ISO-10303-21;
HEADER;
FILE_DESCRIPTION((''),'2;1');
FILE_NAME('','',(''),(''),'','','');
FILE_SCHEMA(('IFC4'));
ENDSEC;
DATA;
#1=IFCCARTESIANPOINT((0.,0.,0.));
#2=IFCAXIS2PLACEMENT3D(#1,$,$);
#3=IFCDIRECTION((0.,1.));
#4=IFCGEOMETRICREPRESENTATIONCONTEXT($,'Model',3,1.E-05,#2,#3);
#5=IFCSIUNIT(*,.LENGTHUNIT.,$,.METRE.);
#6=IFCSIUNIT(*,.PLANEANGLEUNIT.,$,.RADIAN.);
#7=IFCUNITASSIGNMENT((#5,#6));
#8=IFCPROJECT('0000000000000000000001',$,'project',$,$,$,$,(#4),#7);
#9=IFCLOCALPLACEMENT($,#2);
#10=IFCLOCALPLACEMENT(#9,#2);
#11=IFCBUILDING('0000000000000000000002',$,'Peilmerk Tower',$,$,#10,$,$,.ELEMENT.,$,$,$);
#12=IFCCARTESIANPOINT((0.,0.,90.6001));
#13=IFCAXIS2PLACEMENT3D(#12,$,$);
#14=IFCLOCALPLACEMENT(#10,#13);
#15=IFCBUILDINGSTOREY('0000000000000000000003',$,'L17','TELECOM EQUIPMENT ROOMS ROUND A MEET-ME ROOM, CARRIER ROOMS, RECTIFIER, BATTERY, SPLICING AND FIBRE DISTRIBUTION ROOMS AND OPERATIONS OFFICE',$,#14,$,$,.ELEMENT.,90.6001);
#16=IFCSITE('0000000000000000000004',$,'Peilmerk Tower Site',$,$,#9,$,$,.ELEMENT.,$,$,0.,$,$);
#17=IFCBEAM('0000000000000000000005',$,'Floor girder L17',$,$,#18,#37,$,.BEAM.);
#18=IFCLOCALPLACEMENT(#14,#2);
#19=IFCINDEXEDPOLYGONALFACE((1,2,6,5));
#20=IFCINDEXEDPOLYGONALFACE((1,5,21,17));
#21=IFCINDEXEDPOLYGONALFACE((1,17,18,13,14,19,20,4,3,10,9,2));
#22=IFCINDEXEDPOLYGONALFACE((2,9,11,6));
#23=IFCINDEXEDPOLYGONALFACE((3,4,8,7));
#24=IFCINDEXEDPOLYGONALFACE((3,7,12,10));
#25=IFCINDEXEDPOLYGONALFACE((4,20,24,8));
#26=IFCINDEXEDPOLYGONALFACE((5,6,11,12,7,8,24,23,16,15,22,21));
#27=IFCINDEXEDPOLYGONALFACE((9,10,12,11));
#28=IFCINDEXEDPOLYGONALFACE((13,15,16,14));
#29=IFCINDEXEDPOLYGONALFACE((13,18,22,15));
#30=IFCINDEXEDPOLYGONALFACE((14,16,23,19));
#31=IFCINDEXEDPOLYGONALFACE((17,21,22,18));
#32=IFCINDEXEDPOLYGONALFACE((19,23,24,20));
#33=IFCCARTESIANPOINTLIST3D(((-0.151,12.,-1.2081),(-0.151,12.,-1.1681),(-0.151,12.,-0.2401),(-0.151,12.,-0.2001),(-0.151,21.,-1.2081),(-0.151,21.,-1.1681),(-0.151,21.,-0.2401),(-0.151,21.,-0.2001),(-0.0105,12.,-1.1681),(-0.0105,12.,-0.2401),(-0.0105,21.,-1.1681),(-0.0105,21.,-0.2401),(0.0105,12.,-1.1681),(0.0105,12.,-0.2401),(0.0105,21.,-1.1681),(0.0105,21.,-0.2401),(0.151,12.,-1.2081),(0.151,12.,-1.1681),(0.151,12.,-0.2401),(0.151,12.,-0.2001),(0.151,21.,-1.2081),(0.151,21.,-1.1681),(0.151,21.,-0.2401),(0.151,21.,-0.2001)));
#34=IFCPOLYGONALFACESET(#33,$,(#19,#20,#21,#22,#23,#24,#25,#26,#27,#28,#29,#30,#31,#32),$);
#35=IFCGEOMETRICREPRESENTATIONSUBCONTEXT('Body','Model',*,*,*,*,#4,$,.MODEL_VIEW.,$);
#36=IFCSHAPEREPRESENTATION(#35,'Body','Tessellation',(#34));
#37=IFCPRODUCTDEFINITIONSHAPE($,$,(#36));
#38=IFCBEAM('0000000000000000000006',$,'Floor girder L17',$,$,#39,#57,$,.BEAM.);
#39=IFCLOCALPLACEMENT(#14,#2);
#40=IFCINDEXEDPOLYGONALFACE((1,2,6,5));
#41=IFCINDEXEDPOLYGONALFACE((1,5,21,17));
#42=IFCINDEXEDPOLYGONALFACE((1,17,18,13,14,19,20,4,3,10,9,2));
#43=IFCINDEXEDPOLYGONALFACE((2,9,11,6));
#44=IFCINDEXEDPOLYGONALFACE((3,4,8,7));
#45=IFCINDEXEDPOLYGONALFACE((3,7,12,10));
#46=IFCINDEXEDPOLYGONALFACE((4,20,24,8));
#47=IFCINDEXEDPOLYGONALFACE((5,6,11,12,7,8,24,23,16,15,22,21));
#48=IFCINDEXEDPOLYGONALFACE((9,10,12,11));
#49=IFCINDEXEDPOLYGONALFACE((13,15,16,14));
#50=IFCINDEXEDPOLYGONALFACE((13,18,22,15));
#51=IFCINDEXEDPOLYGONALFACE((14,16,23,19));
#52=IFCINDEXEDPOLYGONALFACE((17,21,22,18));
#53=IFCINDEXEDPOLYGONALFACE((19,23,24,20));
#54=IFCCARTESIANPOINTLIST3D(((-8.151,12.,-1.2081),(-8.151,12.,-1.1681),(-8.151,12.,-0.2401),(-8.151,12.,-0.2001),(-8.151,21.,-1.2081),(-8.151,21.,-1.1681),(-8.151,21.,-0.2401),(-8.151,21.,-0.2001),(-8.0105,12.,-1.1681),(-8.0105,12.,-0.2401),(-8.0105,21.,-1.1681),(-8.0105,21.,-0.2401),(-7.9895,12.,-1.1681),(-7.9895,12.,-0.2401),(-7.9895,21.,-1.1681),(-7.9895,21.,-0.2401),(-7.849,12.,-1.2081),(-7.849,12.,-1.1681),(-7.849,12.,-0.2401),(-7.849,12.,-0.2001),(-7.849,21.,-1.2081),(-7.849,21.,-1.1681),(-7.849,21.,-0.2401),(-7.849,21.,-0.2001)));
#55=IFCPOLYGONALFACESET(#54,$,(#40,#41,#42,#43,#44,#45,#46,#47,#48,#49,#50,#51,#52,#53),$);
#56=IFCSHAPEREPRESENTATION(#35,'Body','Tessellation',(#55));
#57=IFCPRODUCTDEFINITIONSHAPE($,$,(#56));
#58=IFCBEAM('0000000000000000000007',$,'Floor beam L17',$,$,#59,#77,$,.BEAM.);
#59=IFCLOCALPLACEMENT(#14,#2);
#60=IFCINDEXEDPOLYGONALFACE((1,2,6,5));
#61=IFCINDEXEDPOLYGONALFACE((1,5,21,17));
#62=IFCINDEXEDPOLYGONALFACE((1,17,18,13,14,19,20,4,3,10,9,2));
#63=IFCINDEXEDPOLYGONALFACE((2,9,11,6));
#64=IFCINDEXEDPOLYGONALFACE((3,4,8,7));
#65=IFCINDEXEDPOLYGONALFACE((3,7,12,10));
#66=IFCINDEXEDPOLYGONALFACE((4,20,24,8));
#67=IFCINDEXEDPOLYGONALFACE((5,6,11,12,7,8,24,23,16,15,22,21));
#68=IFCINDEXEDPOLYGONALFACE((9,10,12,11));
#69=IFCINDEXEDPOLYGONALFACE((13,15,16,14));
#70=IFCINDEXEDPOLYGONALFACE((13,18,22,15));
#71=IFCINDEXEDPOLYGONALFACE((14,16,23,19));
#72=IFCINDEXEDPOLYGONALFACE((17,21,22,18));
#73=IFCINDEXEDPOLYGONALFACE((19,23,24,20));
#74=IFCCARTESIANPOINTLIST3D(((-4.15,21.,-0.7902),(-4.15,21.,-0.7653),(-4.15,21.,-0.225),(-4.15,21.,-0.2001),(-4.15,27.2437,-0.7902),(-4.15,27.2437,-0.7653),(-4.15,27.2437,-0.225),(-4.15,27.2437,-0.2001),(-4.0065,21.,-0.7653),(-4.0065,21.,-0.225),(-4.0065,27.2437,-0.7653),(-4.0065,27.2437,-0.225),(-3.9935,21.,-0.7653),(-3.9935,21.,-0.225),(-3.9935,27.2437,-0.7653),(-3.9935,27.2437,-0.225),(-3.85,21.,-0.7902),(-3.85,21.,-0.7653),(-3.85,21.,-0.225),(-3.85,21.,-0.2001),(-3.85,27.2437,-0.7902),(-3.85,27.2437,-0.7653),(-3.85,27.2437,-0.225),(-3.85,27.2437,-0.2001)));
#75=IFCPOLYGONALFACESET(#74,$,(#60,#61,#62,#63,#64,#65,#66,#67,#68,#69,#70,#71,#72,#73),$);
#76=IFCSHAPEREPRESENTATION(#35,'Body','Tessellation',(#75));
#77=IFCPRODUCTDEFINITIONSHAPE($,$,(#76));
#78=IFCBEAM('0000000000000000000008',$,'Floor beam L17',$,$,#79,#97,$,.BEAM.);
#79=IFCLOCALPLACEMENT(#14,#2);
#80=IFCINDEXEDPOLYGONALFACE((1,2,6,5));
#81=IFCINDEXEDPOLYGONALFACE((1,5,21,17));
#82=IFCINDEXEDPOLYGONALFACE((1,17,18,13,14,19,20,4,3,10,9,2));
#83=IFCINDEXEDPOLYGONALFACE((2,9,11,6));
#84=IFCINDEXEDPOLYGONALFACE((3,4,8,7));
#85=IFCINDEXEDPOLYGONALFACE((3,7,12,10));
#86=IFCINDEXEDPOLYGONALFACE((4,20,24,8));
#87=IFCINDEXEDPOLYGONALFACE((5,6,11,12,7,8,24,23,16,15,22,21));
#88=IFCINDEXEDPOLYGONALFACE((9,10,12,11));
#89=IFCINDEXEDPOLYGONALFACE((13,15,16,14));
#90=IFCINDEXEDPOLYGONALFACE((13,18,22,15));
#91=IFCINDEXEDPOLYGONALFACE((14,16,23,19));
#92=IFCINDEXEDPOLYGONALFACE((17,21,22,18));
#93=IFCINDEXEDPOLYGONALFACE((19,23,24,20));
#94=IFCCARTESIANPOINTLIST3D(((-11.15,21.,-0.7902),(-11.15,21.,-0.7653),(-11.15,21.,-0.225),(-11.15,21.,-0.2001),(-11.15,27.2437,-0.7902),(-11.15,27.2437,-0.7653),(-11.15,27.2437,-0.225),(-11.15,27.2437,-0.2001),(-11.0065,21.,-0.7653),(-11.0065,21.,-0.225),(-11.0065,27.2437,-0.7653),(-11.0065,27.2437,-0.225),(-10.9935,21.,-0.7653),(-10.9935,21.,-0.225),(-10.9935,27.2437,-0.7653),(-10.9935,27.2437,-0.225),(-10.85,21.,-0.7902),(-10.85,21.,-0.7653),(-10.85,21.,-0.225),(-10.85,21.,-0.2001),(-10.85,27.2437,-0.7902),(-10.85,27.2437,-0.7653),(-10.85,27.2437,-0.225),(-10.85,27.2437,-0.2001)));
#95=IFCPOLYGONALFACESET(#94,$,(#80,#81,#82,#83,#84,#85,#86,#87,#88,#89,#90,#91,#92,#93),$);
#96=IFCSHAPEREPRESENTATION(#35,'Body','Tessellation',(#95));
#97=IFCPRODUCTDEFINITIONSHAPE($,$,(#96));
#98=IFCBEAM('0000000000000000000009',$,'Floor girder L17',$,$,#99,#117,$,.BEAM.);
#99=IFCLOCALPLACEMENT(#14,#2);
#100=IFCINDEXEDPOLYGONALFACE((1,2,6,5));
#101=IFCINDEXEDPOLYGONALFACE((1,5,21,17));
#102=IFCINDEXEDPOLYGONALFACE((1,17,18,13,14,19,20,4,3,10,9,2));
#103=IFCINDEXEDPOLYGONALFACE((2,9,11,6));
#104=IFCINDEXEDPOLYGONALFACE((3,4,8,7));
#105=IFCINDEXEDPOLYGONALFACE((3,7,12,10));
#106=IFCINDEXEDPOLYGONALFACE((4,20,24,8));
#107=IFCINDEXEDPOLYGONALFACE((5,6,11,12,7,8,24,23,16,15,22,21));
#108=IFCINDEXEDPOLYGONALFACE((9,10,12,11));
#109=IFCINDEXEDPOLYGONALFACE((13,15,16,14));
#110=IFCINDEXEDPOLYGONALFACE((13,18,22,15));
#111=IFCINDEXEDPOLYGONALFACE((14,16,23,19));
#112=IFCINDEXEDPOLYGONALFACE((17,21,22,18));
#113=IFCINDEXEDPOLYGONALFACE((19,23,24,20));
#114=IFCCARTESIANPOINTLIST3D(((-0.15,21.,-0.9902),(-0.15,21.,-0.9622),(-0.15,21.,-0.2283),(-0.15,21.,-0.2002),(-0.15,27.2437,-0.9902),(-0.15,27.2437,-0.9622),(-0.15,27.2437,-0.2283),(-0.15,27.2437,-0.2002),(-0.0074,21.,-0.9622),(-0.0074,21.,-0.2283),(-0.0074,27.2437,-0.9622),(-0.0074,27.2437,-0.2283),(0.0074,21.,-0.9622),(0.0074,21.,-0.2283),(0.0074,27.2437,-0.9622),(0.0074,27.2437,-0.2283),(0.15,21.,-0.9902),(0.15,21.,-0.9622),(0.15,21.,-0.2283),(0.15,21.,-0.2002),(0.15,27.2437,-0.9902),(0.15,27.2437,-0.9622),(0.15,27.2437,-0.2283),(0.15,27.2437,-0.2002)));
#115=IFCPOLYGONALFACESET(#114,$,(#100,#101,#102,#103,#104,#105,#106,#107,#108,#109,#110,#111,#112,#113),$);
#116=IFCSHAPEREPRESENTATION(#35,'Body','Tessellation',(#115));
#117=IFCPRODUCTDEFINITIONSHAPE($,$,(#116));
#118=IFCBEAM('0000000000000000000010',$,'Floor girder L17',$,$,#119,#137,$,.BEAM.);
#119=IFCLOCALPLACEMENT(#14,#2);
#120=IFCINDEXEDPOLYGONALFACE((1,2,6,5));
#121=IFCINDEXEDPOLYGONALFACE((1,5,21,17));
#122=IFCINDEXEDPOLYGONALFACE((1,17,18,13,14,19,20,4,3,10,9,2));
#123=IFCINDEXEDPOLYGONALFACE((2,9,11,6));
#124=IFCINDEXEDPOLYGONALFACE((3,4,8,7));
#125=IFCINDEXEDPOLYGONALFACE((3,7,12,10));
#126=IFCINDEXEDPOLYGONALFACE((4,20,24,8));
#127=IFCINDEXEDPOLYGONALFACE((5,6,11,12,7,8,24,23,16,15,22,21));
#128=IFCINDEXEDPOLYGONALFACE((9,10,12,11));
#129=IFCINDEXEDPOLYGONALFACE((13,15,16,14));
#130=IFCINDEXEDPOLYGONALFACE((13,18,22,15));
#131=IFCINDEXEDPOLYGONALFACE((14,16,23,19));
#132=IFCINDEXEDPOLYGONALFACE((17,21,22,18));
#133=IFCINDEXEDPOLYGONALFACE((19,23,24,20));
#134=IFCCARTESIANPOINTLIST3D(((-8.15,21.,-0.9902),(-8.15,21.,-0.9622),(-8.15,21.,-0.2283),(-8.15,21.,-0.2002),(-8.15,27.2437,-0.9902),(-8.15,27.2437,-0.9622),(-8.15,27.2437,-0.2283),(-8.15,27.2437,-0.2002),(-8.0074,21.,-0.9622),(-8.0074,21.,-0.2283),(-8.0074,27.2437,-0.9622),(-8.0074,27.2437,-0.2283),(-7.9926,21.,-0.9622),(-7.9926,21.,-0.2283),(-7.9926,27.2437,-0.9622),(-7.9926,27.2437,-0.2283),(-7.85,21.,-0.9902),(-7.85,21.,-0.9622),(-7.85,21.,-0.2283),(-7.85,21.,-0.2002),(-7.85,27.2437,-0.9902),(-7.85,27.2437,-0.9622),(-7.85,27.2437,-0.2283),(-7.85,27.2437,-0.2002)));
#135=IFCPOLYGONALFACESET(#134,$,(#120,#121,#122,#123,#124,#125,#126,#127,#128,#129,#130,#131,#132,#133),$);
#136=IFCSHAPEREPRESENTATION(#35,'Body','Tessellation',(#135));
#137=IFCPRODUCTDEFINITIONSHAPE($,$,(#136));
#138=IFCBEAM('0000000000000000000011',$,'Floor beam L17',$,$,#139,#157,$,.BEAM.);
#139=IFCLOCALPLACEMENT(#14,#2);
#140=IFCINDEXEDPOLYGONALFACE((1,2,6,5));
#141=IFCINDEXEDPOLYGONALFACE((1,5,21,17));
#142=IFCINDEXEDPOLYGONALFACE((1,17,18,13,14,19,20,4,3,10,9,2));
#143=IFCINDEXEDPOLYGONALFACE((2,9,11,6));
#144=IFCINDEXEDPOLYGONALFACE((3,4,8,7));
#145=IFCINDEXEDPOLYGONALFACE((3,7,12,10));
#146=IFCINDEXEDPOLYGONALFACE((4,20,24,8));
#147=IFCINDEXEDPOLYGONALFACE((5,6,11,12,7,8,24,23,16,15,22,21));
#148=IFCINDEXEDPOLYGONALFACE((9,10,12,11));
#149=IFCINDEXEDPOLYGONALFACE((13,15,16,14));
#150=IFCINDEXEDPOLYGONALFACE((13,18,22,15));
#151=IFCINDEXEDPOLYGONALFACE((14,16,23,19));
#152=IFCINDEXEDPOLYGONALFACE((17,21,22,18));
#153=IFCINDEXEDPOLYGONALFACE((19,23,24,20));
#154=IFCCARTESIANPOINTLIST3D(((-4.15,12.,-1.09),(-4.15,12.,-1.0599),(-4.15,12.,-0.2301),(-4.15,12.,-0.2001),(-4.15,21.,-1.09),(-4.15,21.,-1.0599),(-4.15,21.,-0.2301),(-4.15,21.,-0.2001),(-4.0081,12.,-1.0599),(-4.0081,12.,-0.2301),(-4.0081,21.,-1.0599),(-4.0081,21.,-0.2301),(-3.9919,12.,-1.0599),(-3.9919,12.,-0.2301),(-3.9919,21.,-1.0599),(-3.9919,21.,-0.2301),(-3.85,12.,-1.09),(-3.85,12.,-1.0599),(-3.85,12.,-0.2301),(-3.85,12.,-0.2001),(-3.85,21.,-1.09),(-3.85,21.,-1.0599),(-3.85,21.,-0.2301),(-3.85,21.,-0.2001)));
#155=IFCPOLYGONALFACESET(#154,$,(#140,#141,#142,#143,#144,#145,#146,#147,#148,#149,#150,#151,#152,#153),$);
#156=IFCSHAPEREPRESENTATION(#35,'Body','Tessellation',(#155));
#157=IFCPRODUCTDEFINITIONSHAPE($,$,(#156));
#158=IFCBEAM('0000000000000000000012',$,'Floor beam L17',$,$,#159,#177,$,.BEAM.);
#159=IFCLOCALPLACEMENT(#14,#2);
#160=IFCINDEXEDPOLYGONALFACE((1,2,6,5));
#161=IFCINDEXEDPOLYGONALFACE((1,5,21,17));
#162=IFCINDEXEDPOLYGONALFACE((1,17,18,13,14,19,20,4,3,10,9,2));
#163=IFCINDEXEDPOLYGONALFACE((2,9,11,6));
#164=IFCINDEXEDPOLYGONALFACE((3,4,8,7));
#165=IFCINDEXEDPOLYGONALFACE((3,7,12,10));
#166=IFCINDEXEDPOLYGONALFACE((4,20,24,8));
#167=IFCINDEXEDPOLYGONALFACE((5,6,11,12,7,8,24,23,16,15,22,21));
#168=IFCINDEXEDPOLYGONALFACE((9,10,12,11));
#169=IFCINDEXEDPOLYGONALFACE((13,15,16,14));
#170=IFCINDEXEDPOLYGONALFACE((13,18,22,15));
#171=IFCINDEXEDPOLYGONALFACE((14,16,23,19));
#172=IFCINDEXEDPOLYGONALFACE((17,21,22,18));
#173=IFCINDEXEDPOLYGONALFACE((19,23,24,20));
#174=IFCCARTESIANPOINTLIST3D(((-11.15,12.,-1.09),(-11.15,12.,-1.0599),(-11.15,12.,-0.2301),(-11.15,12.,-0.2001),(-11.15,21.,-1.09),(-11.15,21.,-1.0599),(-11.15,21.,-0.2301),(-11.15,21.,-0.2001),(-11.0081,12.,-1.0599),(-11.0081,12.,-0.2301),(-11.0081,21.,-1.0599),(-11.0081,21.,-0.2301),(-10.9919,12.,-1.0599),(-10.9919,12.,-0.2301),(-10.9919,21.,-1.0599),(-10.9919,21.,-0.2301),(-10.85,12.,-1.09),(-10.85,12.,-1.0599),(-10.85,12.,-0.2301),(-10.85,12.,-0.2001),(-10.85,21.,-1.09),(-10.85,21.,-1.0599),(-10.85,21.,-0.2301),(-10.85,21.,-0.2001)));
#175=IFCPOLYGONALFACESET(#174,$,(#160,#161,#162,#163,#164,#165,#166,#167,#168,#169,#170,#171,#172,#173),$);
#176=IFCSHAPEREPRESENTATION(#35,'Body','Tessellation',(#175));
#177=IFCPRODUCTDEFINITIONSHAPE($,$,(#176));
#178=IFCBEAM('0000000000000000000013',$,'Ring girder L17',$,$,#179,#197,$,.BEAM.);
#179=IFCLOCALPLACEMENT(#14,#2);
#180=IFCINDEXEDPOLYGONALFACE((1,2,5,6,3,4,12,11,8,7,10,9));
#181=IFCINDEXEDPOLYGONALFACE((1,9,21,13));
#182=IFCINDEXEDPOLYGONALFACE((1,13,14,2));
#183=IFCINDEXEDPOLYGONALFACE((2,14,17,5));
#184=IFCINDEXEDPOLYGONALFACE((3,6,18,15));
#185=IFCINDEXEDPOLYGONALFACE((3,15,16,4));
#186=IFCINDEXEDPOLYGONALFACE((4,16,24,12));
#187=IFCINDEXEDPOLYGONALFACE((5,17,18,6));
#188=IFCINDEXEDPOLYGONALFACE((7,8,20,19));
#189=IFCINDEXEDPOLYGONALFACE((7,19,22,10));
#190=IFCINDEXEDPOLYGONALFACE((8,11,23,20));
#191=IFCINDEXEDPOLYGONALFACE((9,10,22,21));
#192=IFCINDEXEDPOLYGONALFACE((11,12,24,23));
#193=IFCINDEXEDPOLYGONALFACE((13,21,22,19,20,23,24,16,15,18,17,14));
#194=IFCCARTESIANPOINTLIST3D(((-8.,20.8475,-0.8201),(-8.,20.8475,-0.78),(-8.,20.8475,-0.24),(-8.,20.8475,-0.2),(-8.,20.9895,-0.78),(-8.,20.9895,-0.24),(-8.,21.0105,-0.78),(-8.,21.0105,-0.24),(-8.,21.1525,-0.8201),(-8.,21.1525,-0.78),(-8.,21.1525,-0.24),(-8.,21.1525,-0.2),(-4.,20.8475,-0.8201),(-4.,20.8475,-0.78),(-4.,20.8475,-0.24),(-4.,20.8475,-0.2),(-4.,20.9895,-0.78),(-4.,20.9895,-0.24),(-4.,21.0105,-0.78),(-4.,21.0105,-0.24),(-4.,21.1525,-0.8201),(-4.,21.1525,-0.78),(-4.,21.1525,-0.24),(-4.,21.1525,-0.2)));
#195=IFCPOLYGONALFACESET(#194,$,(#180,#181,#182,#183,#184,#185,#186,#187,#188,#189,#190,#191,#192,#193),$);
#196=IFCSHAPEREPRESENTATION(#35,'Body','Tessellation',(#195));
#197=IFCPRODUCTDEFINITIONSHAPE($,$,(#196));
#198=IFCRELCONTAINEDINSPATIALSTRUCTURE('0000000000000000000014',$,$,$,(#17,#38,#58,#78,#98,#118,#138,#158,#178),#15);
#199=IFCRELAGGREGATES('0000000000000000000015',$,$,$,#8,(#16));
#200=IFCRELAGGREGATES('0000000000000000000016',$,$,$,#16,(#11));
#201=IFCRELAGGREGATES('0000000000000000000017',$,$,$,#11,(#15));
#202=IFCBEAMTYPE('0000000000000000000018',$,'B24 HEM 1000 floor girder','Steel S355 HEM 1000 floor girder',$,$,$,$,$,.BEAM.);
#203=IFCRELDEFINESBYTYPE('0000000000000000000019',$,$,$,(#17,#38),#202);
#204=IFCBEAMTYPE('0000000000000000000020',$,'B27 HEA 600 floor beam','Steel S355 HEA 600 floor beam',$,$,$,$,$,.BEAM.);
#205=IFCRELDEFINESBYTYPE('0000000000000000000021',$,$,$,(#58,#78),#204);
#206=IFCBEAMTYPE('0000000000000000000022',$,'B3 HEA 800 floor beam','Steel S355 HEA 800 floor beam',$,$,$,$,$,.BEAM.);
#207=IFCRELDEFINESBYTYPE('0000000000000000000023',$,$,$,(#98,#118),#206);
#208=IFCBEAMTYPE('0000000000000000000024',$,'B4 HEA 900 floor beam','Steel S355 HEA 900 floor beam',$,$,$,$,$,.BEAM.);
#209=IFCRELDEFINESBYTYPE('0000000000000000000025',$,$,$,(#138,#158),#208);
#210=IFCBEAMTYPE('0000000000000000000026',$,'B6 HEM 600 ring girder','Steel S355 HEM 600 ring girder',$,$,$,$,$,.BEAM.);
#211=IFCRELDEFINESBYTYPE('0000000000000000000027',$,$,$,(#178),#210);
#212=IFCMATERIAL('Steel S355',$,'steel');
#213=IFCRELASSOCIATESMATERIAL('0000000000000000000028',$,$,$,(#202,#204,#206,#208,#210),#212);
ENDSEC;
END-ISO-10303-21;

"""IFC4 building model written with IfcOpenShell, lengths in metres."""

from ifc_helpers import new_model, si_unit, direction, frame, origin, origin_2d, place, context, subcontext, project, spatial, i_section, extrude, material, material_profile, profile_set, type_object, element, save


model = new_model("IFC4")

# Units and contexts
model_context = context("Model", 3, precision=1e-05, world=origin(), true_north=direction((0.0, 1.0)))
body_context = subcontext(model_context, "Body", "Model", "MODEL_VIEW")
ifc_project = project(units=[si_unit("LENGTHUNIT", "METRE"), si_unit("PLANEANGLEUNIT", "RADIAN")], contexts=[model_context])

# Site, building, storey
site_placement = place(None, origin())
site = spatial("IfcSite", under=ifc_project, at=site_placement, Name="Peilmerk Tower Site", CompositionType="ELEMENT", RefElevation=0.0)
building_placement = place(site_placement, origin())
building = spatial("IfcBuilding", under=site, at=building_placement, Name="Peilmerk Tower", CompositionType="ELEMENT")
storey_placement = place(building_placement, frame((0.0, 0.0, 90.6001)))
storey = spatial("IfcBuildingStorey", under=building, at=storey_placement, Name="L17", Description="TELECOM EQUIPMENT ROOMS ROUND A MEET-ME ROOM, CARRIER ROOMS, RECTIFIER, BATTERY, SPLICING AND FIBRE DISTRIBUTION ROOMS AND OPERATIONS OFFICE", CompositionType="ELEMENT", Elevation=90.6001)

# Beams
ifc_material_1 = material(Name="Steel S355", Category="steel")
ifc_material_profile_1 = material_profile(ifc_material_1, i_section(OverallWidth=0.302, OverallDepth=1.0081, WebThickness=0.021, FlangeThickness=0.04, at=origin_2d()), Name="HEM 1000")
ifc_profile_set_1 = profile_set([ifc_material_profile_1], Name="Steel S355")
beam_type_1 = type_object("IfcBeamType", Name="B24 HEM 1000 floor girder", Description="Steel S355 HEM 1000 floor girder", PredefinedType="BEAM", material=ifc_profile_set_1)
for number, where, z_axis, x_axis, name in (
    (1, (0.0, 12.0, -0.7041), (0.0, 1.0, 0.0), (-1.0, 0.0, 0.0), "Floor girder L17"),
    (2, (-8.0, 12.0, -0.7041), (0.0, 1.0, 0.0), (-1.0, 0.0, 0.0), "Floor girder L17"),
):
    element("IfcBeam", number, at=place(storey_placement, frame(where, z_axis=z_axis, x_axis=x_axis)), inside=storey, type_object=beam_type_1, Name=name, PredefinedType="BEAM", context=body_context, shape_type="SweptSolid", body=[
        extrude(i_section(OverallWidth=0.302, OverallDepth=1.0081, WebThickness=0.021, FlangeThickness=0.04, at=origin_2d()), origin(), (0.0, 0.0, 1.0), 9.0),
    ])
ifc_material_profile_2 = material_profile(ifc_material_1, i_section(OverallWidth=0.3, OverallDepth=0.5901, WebThickness=0.0129, FlangeThickness=0.0249, at=origin_2d()), Name="HEA 600")
ifc_profile_set_2 = profile_set([ifc_material_profile_2], Name="Steel S355")
beam_type_2 = type_object("IfcBeamType", Name="B27 HEA 600 floor beam", Description="Steel S355 HEA 600 floor beam", PredefinedType="BEAM", material=ifc_profile_set_2)
for number, where, z_axis, x_axis, name in (
    (3, (-4.0, 21.0, -0.4951), (0.0, 1.0, 0.0), (-1.0, 0.0, 0.0), "Floor beam L17"),
    (4, (-11.0, 21.0, -0.4951), (0.0, 1.0, 0.0), (-1.0, 0.0, 0.0), "Floor beam L17"),
):
    element("IfcBeam", number, at=place(storey_placement, frame(where, z_axis=z_axis, x_axis=x_axis)), inside=storey, type_object=beam_type_2, Name=name, PredefinedType="BEAM", context=body_context, shape_type="SweptSolid", body=[
        extrude(i_section(OverallWidth=0.3, OverallDepth=0.5901, WebThickness=0.0129, FlangeThickness=0.0249, at=origin_2d()), origin(), (0.0, 0.0, 1.0), 6.2437),
    ])
ifc_material_profile_3 = material_profile(ifc_material_1, i_section(OverallWidth=0.3, OverallDepth=0.79, WebThickness=0.0149, FlangeThickness=0.0281, at=origin_2d()), Name="HEA 800")
ifc_profile_set_3 = profile_set([ifc_material_profile_3], Name="Steel S355")
beam_type_3 = type_object("IfcBeamType", Name="B3 HEA 800 floor beam", Description="Steel S355 HEA 800 floor beam", PredefinedType="BEAM", material=ifc_profile_set_3)
for number, where, z_axis, x_axis, name in (
    (5, (0.0, 21.0, -0.5952), (0.0, 1.0, 0.0), (-1.0, 0.0, 0.0), "Floor girder L17"),
    (6, (-8.0, 21.0, -0.5952), (0.0, 1.0, 0.0), (-1.0, 0.0, 0.0), "Floor girder L17"),
):
    element("IfcBeam", number, at=place(storey_placement, frame(where, z_axis=z_axis, x_axis=x_axis)), inside=storey, type_object=beam_type_3, Name=name, PredefinedType="BEAM", context=body_context, shape_type="SweptSolid", body=[
        extrude(i_section(OverallWidth=0.3, OverallDepth=0.79, WebThickness=0.0149, FlangeThickness=0.0281, at=origin_2d()), origin(), (0.0, 0.0, 1.0), 6.2437),
    ])
ifc_material_profile_4 = material_profile(ifc_material_1, i_section(OverallWidth=0.3, OverallDepth=0.8899, WebThickness=0.0161, FlangeThickness=0.03, at=origin_2d()), Name="HEA 900")
ifc_profile_set_4 = profile_set([ifc_material_profile_4], Name="Steel S355")
beam_type_4 = type_object("IfcBeamType", Name="B4 HEA 900 floor beam", Description="Steel S355 HEA 900 floor beam", PredefinedType="BEAM", material=ifc_profile_set_4)
for number, where, z_axis, x_axis, name in (
    (7, (-4.0, 12.0, -0.645), (0.0, 1.0, 0.0), (-1.0, 0.0, 0.0), "Floor beam L17"),
    (8, (-11.0, 12.0, -0.645), (0.0, 1.0, 0.0), (-1.0, 0.0, 0.0), "Floor beam L17"),
):
    element("IfcBeam", number, at=place(storey_placement, frame(where, z_axis=z_axis, x_axis=x_axis)), inside=storey, type_object=beam_type_4, Name=name, PredefinedType="BEAM", context=body_context, shape_type="SweptSolid", body=[
        extrude(i_section(OverallWidth=0.3, OverallDepth=0.8899, WebThickness=0.0161, FlangeThickness=0.03, at=origin_2d()), origin(), (0.0, 0.0, 1.0), 9.0),
    ])
ifc_material_profile_5 = material_profile(ifc_material_1, i_section(OverallWidth=0.3049, OverallDepth=0.6201, WebThickness=0.021, FlangeThickness=0.04, at=origin_2d()), Name="HEM 600")
ifc_profile_set_5 = profile_set([ifc_material_profile_5], Name="Steel S355")
beam_type_5 = type_object("IfcBeamType", Name="B6 HEM 600 ring girder", Description="Steel S355 HEM 600 ring girder", PredefinedType="BEAM", material=ifc_profile_set_5)
beam_1_placement = place(storey_placement, frame((-4.0, 21.0, -0.51), z_axis=(-1.0, 0.0, 0.0), x_axis=(0.0, -1.0, 0.0)))
element("IfcBeam", 9, at=beam_1_placement, inside=storey, type_object=beam_type_5, Name="Ring girder L17", PredefinedType="BEAM", context=body_context, shape_type="SweptSolid", body=[
    extrude(i_section(OverallWidth=0.3049, OverallDepth=0.6201, WebThickness=0.021, FlangeThickness=0.04, at=origin_2d()), origin(), (0.0, 0.0, 1.0), 4.0),
])

save(model, "model.ifc")
